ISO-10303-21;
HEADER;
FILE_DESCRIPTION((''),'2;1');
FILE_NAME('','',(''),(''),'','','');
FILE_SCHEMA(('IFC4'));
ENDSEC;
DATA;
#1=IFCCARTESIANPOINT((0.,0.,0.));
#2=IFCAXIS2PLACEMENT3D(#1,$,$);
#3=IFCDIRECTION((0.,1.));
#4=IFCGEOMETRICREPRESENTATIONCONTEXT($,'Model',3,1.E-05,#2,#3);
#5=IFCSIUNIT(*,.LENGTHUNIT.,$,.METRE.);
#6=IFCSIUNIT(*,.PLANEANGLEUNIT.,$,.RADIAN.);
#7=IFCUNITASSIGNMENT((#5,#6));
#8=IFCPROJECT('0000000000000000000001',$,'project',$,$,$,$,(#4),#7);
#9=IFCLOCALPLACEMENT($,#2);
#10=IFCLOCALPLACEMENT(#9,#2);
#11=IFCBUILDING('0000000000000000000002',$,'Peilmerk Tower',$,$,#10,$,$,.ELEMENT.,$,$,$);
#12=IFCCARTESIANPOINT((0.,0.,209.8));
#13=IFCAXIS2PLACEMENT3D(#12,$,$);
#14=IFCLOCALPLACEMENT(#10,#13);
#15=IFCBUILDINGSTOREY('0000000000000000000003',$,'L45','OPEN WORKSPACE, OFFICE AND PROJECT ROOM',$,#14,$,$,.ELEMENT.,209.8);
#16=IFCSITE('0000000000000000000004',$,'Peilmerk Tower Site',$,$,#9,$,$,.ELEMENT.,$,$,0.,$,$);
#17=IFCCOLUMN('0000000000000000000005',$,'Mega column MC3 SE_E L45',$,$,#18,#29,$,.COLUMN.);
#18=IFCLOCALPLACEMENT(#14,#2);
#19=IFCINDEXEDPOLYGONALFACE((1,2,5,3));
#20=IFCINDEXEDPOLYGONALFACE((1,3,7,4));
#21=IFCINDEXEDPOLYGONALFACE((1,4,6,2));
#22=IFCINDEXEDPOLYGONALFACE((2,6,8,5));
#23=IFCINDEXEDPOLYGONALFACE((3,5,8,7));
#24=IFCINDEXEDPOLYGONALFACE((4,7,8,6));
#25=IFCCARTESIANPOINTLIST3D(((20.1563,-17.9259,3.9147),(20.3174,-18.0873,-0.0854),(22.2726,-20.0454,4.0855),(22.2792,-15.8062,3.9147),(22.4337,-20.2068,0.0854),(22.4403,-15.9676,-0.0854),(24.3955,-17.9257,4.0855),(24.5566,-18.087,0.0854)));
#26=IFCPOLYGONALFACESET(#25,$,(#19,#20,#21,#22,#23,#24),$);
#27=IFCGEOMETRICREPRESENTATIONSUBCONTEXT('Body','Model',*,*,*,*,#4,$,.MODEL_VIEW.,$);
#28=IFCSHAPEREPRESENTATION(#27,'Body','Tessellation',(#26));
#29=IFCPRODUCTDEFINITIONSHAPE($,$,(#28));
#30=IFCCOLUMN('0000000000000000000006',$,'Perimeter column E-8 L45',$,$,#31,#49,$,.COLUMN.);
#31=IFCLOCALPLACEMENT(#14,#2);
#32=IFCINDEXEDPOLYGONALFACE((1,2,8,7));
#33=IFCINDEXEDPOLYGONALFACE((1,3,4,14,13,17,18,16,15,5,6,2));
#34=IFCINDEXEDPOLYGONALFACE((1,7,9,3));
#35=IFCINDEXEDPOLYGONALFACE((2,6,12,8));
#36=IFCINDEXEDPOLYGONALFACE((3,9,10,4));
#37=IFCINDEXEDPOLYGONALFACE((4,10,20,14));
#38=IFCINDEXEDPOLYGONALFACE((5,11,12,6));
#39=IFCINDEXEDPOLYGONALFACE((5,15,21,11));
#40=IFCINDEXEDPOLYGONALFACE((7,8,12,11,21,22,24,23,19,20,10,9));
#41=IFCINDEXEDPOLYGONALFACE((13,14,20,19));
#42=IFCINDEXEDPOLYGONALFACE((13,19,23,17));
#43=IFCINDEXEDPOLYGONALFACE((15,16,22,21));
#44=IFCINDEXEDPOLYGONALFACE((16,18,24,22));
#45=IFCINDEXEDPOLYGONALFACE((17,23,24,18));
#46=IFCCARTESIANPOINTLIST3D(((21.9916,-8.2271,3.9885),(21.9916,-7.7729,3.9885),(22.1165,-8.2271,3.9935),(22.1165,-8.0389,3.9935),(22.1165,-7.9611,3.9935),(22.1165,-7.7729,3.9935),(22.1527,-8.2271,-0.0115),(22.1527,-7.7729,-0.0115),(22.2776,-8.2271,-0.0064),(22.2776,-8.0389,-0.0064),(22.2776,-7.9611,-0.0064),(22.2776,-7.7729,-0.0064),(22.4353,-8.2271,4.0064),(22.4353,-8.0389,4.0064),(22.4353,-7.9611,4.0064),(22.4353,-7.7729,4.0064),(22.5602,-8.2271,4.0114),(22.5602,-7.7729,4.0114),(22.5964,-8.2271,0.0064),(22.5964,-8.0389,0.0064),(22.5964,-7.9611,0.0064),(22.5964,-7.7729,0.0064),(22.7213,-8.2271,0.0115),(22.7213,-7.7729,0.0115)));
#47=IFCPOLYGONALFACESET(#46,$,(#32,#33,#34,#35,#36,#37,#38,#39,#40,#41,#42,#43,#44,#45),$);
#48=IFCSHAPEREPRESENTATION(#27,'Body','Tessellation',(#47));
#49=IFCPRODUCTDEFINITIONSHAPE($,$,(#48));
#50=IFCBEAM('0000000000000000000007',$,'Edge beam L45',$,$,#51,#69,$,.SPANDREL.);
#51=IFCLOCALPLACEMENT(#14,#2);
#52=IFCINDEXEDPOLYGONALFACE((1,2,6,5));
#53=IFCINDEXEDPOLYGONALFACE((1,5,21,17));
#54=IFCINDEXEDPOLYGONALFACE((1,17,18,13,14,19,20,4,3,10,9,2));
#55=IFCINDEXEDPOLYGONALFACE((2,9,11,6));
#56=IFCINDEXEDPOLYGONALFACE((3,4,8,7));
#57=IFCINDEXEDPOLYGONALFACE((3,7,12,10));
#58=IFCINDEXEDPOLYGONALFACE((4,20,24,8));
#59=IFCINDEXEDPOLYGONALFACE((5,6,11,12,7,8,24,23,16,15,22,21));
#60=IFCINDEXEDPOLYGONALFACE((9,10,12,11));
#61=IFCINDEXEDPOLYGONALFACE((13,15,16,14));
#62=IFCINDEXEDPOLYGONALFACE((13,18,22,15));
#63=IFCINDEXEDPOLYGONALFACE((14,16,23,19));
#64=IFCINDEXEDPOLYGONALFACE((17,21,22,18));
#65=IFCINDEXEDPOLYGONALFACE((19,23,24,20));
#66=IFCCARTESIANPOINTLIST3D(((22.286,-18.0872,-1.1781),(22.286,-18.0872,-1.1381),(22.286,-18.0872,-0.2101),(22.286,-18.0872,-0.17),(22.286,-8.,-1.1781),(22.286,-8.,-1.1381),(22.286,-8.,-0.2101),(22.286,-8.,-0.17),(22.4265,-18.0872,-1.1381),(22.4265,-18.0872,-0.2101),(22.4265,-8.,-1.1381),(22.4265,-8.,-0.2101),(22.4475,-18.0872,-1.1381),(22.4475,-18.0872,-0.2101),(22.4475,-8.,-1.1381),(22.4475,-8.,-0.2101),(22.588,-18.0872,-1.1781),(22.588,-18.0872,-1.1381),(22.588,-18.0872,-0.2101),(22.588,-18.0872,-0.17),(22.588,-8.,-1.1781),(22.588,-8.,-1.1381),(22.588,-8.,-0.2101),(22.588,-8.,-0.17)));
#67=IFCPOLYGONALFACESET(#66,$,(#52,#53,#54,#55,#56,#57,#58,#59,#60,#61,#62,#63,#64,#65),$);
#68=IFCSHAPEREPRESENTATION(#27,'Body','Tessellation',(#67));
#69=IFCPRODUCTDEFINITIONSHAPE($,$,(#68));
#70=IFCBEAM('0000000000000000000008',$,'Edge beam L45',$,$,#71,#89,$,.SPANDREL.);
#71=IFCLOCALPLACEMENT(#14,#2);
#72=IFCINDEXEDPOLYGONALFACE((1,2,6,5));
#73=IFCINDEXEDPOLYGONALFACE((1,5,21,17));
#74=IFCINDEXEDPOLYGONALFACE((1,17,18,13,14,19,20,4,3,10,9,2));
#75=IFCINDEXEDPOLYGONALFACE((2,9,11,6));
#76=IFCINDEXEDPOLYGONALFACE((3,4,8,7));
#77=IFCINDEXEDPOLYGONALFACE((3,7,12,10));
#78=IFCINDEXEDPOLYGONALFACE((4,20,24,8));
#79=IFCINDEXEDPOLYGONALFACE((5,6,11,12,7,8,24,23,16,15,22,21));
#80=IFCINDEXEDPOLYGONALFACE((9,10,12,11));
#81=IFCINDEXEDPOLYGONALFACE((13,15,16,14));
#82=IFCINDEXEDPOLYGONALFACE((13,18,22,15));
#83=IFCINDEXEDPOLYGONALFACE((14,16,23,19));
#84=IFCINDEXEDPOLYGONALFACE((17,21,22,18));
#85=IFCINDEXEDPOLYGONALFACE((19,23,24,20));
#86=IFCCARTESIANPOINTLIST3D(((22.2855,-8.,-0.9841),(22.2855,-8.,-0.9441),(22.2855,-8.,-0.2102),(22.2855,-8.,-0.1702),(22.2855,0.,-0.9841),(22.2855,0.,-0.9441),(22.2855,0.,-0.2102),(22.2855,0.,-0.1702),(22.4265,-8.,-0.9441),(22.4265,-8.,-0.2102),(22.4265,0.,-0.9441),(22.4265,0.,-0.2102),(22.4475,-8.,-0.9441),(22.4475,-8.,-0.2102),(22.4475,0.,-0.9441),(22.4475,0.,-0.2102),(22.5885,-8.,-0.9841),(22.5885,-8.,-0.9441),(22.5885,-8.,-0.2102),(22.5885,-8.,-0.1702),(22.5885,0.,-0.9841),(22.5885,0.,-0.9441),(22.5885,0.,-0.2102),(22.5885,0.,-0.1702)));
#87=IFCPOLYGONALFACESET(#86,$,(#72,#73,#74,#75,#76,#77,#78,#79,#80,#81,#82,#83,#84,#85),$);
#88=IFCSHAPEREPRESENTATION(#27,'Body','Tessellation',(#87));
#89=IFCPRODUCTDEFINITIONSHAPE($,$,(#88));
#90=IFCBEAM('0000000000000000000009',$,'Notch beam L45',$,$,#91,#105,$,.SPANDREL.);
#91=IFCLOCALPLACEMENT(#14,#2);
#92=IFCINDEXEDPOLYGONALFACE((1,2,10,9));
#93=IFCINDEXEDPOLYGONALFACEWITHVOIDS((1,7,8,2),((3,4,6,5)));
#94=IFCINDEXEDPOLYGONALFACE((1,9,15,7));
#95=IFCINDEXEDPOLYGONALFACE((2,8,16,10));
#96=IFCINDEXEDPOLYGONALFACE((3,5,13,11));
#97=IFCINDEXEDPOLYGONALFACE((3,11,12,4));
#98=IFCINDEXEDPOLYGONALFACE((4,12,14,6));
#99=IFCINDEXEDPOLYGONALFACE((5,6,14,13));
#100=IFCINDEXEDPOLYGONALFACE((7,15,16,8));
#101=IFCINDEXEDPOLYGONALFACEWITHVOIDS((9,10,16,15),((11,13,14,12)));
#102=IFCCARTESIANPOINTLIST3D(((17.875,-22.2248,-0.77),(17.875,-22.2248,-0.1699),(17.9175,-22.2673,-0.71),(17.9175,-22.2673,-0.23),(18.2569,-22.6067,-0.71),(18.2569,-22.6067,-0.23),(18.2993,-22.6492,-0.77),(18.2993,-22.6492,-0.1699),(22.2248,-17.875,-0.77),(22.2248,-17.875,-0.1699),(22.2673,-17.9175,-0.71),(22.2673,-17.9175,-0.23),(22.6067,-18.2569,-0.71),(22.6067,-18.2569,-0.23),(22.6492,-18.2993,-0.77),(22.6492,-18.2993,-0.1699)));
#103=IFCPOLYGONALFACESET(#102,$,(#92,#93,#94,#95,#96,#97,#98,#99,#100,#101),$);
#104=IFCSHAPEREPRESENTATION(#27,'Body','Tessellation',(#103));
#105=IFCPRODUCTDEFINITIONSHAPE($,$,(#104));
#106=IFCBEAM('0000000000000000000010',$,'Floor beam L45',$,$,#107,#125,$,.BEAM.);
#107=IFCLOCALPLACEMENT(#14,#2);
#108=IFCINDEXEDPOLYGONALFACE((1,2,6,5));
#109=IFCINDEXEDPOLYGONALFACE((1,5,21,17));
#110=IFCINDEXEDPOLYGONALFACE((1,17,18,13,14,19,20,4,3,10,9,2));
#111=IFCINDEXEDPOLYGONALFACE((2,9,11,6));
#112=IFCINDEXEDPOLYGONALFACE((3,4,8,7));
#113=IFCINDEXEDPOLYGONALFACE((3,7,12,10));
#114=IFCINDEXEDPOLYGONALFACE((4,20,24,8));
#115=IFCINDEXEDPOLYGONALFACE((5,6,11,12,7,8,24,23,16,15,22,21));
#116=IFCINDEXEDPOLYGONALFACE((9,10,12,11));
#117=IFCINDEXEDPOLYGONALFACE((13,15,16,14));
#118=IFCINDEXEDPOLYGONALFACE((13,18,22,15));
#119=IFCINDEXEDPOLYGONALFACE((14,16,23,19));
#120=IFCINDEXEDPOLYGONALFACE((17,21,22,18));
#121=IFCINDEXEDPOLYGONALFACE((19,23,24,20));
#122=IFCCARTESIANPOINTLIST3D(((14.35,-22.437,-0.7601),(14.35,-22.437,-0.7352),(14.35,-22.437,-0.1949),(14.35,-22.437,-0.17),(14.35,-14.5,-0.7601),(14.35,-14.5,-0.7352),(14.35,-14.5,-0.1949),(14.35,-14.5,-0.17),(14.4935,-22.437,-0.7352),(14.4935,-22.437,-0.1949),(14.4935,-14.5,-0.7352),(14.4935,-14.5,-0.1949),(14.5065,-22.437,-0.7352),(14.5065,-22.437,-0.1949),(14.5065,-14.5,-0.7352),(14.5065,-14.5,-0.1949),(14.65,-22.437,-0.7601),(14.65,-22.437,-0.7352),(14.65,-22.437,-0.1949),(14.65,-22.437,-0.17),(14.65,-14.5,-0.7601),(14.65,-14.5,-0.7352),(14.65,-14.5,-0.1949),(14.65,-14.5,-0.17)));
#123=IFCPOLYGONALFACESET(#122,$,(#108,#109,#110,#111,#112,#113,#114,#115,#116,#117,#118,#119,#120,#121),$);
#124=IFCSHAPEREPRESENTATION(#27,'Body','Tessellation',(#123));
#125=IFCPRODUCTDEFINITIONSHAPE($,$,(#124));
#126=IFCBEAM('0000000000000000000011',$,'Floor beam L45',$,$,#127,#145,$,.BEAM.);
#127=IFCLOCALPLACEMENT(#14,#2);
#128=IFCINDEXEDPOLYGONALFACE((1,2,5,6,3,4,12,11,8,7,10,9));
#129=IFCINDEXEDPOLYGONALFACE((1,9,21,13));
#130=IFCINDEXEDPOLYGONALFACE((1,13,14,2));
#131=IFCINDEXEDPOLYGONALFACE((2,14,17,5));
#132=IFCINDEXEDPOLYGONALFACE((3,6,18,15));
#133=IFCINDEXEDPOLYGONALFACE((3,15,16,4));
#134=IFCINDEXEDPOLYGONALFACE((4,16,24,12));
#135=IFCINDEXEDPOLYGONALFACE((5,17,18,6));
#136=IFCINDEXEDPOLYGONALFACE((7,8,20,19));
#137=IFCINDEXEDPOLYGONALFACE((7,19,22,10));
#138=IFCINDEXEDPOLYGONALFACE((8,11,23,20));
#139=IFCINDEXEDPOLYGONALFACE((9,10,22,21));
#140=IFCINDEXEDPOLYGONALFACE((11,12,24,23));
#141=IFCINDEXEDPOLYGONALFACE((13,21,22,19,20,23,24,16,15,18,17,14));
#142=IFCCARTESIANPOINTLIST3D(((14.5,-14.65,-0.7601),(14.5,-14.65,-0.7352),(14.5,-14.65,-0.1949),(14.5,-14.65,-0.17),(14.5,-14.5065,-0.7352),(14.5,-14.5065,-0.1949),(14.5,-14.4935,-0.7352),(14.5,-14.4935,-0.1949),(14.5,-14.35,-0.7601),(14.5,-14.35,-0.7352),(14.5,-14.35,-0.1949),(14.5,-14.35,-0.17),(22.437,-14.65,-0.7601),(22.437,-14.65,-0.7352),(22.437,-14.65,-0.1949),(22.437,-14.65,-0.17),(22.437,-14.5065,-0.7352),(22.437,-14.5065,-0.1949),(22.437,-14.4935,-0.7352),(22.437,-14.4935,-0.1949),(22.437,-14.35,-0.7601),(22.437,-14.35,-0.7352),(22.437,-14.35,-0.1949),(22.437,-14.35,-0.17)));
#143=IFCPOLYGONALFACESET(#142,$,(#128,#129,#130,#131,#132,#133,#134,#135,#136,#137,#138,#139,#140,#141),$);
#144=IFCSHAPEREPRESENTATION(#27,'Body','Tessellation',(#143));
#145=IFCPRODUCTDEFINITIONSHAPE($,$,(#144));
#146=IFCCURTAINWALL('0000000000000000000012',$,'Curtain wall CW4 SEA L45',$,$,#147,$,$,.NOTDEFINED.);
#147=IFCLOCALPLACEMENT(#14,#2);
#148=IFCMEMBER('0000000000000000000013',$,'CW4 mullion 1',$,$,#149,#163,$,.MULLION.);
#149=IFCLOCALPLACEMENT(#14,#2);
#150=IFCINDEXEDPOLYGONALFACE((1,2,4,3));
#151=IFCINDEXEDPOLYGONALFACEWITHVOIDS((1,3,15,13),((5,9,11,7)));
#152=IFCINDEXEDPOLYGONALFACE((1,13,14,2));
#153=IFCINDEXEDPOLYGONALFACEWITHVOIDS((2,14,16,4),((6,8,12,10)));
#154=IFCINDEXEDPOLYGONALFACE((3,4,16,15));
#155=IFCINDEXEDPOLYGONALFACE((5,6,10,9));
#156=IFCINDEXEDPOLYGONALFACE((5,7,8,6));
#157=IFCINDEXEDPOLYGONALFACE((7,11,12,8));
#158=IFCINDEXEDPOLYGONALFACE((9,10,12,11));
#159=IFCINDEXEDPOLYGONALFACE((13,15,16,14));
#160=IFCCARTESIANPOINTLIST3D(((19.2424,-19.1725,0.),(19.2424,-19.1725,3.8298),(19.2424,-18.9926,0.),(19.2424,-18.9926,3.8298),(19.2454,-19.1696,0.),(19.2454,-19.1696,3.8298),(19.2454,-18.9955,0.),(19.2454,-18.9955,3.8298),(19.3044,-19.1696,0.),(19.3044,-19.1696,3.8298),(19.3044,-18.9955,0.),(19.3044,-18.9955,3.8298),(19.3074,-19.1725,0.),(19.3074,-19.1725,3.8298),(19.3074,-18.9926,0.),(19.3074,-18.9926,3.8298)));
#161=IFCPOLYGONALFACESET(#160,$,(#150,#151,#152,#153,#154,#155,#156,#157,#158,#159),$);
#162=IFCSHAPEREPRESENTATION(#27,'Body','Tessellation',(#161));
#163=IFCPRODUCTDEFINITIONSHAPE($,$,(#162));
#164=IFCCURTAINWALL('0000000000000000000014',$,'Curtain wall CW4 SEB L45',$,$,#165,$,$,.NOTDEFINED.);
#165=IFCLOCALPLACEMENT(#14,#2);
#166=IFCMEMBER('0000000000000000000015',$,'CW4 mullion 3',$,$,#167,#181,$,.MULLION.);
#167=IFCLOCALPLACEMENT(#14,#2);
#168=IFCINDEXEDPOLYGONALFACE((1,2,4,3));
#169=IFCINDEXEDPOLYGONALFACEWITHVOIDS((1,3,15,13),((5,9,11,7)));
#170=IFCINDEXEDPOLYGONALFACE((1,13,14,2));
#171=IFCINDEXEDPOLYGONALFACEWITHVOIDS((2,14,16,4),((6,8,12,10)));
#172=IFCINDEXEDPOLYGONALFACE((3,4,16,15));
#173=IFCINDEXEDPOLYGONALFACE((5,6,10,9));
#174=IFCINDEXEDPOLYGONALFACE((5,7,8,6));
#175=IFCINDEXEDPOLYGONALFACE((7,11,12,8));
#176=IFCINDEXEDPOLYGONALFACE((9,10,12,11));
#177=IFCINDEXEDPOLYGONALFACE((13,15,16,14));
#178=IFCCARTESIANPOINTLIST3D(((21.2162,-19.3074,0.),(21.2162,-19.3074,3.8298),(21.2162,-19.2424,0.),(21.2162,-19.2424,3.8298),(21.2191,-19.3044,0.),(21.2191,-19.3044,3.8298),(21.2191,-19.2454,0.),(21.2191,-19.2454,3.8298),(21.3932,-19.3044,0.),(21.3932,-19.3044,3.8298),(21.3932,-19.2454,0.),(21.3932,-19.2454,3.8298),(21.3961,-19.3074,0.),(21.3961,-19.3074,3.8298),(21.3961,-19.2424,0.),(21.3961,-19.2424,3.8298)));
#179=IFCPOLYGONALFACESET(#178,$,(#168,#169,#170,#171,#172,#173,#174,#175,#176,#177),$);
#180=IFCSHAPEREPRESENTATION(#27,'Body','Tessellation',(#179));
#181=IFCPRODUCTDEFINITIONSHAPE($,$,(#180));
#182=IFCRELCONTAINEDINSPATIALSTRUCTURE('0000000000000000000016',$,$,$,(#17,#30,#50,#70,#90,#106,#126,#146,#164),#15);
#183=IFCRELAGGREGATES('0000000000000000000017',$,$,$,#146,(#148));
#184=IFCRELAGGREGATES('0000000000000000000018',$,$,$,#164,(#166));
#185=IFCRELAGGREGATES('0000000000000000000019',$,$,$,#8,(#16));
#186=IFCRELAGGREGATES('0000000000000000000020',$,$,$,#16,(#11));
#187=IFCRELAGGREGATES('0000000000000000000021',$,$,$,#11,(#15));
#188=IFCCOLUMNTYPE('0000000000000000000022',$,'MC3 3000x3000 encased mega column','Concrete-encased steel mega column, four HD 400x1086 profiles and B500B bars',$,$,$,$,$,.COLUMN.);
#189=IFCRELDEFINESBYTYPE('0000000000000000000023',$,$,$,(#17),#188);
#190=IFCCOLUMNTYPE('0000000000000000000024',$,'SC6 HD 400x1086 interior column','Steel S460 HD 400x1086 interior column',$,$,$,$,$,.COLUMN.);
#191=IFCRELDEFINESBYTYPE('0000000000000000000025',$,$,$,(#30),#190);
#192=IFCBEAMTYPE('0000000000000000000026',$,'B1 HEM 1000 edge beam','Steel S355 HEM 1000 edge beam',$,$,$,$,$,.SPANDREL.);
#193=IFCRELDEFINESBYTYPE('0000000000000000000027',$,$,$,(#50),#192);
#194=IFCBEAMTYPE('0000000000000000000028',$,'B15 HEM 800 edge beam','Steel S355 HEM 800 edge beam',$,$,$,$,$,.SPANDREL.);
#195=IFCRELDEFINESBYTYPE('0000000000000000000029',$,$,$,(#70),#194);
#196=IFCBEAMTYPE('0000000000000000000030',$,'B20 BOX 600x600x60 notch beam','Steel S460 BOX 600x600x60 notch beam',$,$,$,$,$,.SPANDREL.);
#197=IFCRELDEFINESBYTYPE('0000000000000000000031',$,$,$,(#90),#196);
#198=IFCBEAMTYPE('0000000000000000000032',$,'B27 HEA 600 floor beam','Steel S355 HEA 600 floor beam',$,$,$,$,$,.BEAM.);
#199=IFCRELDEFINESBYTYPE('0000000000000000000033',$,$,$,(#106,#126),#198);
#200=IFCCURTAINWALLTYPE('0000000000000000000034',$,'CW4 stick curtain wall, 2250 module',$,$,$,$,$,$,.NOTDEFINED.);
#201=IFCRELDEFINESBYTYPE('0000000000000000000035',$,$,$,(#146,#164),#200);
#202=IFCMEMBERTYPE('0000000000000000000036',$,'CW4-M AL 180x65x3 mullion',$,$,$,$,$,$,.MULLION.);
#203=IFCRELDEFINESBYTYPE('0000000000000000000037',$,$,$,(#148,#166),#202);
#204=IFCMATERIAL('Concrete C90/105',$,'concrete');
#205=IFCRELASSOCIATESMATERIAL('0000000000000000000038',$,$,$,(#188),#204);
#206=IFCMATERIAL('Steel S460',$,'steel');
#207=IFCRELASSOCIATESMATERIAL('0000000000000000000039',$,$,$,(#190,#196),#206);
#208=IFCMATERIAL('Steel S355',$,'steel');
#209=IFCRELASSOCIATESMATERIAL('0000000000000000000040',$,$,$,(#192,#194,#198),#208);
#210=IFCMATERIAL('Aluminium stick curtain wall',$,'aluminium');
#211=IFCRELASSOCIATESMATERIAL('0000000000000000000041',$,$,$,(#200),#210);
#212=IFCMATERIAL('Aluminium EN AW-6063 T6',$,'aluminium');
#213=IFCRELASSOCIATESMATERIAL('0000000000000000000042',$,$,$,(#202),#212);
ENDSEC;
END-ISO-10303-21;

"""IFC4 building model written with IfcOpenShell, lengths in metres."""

from ifc_helpers import new_model, si_unit, direction, frame, origin, origin_2d, place, context, subcontext, project, spatial, rectangle, hollow_rectangle, i_section, extrude, material, material_profile, profile_set, type_object, element, aggregate, save


model = new_model("IFC4")

# Units and contexts
model_context = context("Model", 3, precision=1e-05, world=origin(), true_north=direction((0.0, 1.0)))
body_context = subcontext(model_context, "Body", "Model", "MODEL_VIEW")
ifc_project = project(units=[si_unit("LENGTHUNIT", "METRE"), si_unit("PLANEANGLEUNIT", "RADIAN")], contexts=[model_context])

# Site, building, storey
site_placement = place(None, origin())
site = spatial("IfcSite", under=ifc_project, at=site_placement, Name="Peilmerk Tower Site", CompositionType="ELEMENT", RefElevation=0.0)
building_placement = place(site_placement, origin())
building = spatial("IfcBuilding", under=site, at=building_placement, Name="Peilmerk Tower", CompositionType="ELEMENT")
storey_placement = place(building_placement, frame((0.0, 0.0, 209.8)))
storey = spatial("IfcBuildingStorey", under=building, at=storey_placement, Name="L45", Description="OPEN WORKSPACE, OFFICE AND PROJECT ROOM", CompositionType="ELEMENT", Elevation=209.8)

# Columns
ifc_material_1 = material(Name="Concrete C90/105", Category="concrete")
ifc_material_profile_1 = material_profile(ifc_material_1, rectangle(XDim=3.0, YDim=3.0, at=origin_2d()), Name="RC 3000x3000")
ifc_profile_set_1 = profile_set([ifc_material_profile_1], Name="Concrete C90/105")
column_type_1 = type_object("IfcColumnType", Name="MC3 3000x3000 encased mega column", Description="Concrete-encased steel mega column, four HD 400x1086 profiles and B500B bars", PredefinedType="COLUMN", material=ifc_profile_set_1)
column_1_placement = place(storey_placement, frame((22.437, -18.0872, 0.0), z_axis=(-0.040218, 0.040279, 0.998379), x_axis=(-0.707642, -0.706571, 0.0)))
element("IfcColumn", 1, at=column_1_placement, inside=storey, type_object=column_type_1, Name="Mega column MC3 SE_E L45", PredefinedType="COLUMN", context=body_context, shape_type="SweptSolid", body=[
    extrude(rectangle(XDim=3.0, YDim=3.0, at=origin_2d()), origin(), (0.0, 0.0, 1.0), 4.0066),
])
ifc_material_2 = material(Name="Steel S460", Category="steel")
ifc_material_profile_2 = material_profile(ifc_material_2, i_section(OverallWidth=0.4541, OverallDepth=0.5691, WebThickness=0.0779, FlangeThickness=0.125, at=origin_2d()), Name="HD 400x1086")
ifc_profile_set_2 = profile_set([ifc_material_profile_2], Name="Steel S460")
column_type_2 = type_object("IfcColumnType", Name="SC6 HD 400x1086 interior column", Description="Steel S460 HD 400x1086 interior column", PredefinedType="COLUMN", material=ifc_profile_set_2)
column_2_placement = place(storey_placement, frame((22.437, -8.0, 0.0), z_axis=(-0.040251, 0.0, 0.99919), x_axis=(0.0, -1.0, 0.0)))
element("IfcColumn", 2, at=column_2_placement, inside=storey, type_object=column_type_2, Name="Perimeter column E-8 L45", PredefinedType="COLUMN", context=body_context, shape_type="SweptSolid", body=[
    extrude(i_section(OverallWidth=0.4541, OverallDepth=0.5691, WebThickness=0.0779, FlangeThickness=0.125, at=origin_2d()), origin(), (0.0, 0.0, 1.0), 4.0032),
])

# Beams
ifc_material_3 = material(Name="Steel S355", Category="steel")
ifc_material_profile_3 = material_profile(ifc_material_3, i_section(OverallWidth=0.302, OverallDepth=1.0081, WebThickness=0.021, FlangeThickness=0.04, at=origin_2d()), Name="HEM 1000")
ifc_profile_set_3 = profile_set([ifc_material_profile_3], Name="Steel S355")
beam_type_1 = type_object("IfcBeamType", Name="B1 HEM 1000 edge beam", Description="Steel S355 HEM 1000 edge beam", PredefinedType="SPANDREL", material=ifc_profile_set_3)
beam_1_placement = place(storey_placement, frame((22.437, -18.0872, -0.6741), z_axis=(0.0, 1.0, 0.0), x_axis=(-1.0, 0.0, 0.0)))
element("IfcBeam", 3, at=beam_1_placement, inside=storey, type_object=beam_type_1, Name="Edge beam L45", PredefinedType="SPANDREL", context=body_context, shape_type="SweptSolid", body=[
    extrude(i_section(OverallWidth=0.302, OverallDepth=1.0081, WebThickness=0.021, FlangeThickness=0.04, at=origin_2d()), origin(), (0.0, 0.0, 1.0), 10.0872),
])
ifc_material_profile_4 = material_profile(ifc_material_3, i_section(OverallWidth=0.303, OverallDepth=0.814, WebThickness=0.021, FlangeThickness=0.04, at=origin_2d()), Name="HEM 800")
ifc_profile_set_4 = profile_set([ifc_material_profile_4], Name="Steel S355")
beam_type_2 = type_object("IfcBeamType", Name="B15 HEM 800 edge beam", Description="Steel S355 HEM 800 edge beam", PredefinedType="SPANDREL", material=ifc_profile_set_4)
beam_2_placement = place(storey_placement, frame((22.437, -8.0, -0.5771), z_axis=(0.0, 1.0, 0.0), x_axis=(-1.0, 0.0, 0.0)))
element("IfcBeam", 4, at=beam_2_placement, inside=storey, type_object=beam_type_2, Name="Edge beam L45", PredefinedType="SPANDREL", context=body_context, shape_type="SweptSolid", body=[
    extrude(i_section(OverallWidth=0.303, OverallDepth=0.814, WebThickness=0.021, FlangeThickness=0.04, at=origin_2d()), origin(), (0.0, 0.0, 1.0), 8.0),
])
ifc_material_profile_5 = material_profile(ifc_material_2, hollow_rectangle(XDim=0.6001, YDim=0.6001, WallThickness=0.0601, at=origin_2d()), Name="BOX 600x600x60")
ifc_profile_set_5 = profile_set([ifc_material_profile_5], Name="Steel S460")
beam_type_3 = type_object("IfcBeamType", Name="B20 BOX 600x600x60 notch beam", Description="Steel S460 BOX 600x600x60 notch beam", PredefinedType="SPANDREL", material=ifc_profile_set_5)
beam_3_placement = place(storey_placement, frame((22.437, -18.0872, -0.47), z_axis=(-0.707107, -0.707107, 0.0), x_axis=(0.707107, -0.707107, 0.0)))
element("IfcBeam", 5, at=beam_3_placement, inside=storey, type_object=beam_type_3, Name="Notch beam L45", PredefinedType="SPANDREL", context=body_context, shape_type="SweptSolid", body=[
    extrude(hollow_rectangle(XDim=0.6001, YDim=0.6001, WallThickness=0.0601, at=origin_2d()), origin(), (0.0, 0.0, 1.0), 6.1516),
])
ifc_material_profile_6 = material_profile(ifc_material_3, i_section(OverallWidth=0.3, OverallDepth=0.5901, WebThickness=0.0129, FlangeThickness=0.0249, at=origin_2d()), Name="HEA 600")
ifc_profile_set_6 = profile_set([ifc_material_profile_6], Name="Steel S355")
beam_type_4 = type_object("IfcBeamType", Name="B27 HEA 600 floor beam", Description="Steel S355 HEA 600 floor beam", PredefinedType="BEAM", material=ifc_profile_set_6)
for number, where, z_axis, x_axis, name in (
    (6, (14.5, -14.5, -0.4651), (0.0, -1.0, 0.0), (1.0, 0.0, 0.0), "Floor beam L45"),
    (7, (14.5, -14.5, -0.4651), (1.0, 0.0, 0.0), (0.0, 1.0, 0.0), "Floor beam L45"),
):
    element("IfcBeam", number, at=place(storey_placement, frame(where, z_axis=z_axis, x_axis=x_axis)), inside=storey, type_object=beam_type_4, Name=name, PredefinedType="BEAM", context=body_context, shape_type="SweptSolid", body=[
        extrude(i_section(OverallWidth=0.3, OverallDepth=0.5901, WebThickness=0.0129, FlangeThickness=0.0249, at=origin_2d()), origin(), (0.0, 0.0, 1.0), 7.937),
    ])

# Curtain walls, members
ifc_material_4 = material(Name="Aluminium stick curtain wall", Category="aluminium")
curtain_wall_type = type_object("IfcCurtainWallType", Name="CW4 stick curtain wall, 2250 module", PredefinedType="NOTDEFINED", material=ifc_material_4)
curtain_wall_1_placement = place(storey_placement, origin())
curtain_wall_1 = element("IfcCurtainWall", 8, at=curtain_wall_1_placement, inside=storey, type_object=curtain_wall_type, Name="Curtain wall CW4 SEA L45", PredefinedType="NOTDEFINED")
ifc_material_5 = material(Name="Aluminium EN AW-6063 T6", Category="aluminium")
ifc_material_profile_7 = material_profile(ifc_material_5, hollow_rectangle(XDim=0.0649, YDim=0.1799, WallThickness=0.0029, at=origin_2d()), Name="AL 180x65x3")
ifc_profile_set_7 = profile_set([ifc_material_profile_7], Name="Aluminium EN AW-6063 T6")
member_type_1 = type_object("IfcMemberType", Name="CW4-M AL 180x65x3 mullion", PredefinedType="MULLION", material=ifc_profile_set_7)
member_1_placement = place(storey_placement, frame((19.2749, -19.0825, 0.0), z_axis=(0.0, 0.0, 1.0), x_axis=(1.0, 0.0, 0.0)))
member_1 = element("IfcMember", 9, at=member_1_placement, type_object=member_type_1, Name="CW4 mullion 1", PredefinedType="MULLION", context=body_context, shape_type="SweptSolid", body=[
    extrude(hollow_rectangle(XDim=0.0649, YDim=0.1799, WallThickness=0.0029, at=origin_2d()), origin(), (0.0, 0.0, 1.0), 3.8298),
])
curtain_wall_2_placement = place(storey_placement, origin())
curtain_wall_2 = element("IfcCurtainWall", 10, at=curtain_wall_2_placement, inside=storey, type_object=curtain_wall_type, Name="Curtain wall CW4 SEB L45", PredefinedType="NOTDEFINED")
member_2_placement = place(storey_placement, frame((21.3062, -19.2749, 0.0), z_axis=(0.0, 0.0, 1.0), x_axis=(0.0, 1.0, 0.0)))
member_2 = element("IfcMember", 11, at=member_2_placement, type_object=member_type_1, Name="CW4 mullion 3", PredefinedType="MULLION", context=body_context, shape_type="SweptSolid", body=[
    extrude(hollow_rectangle(XDim=0.0649, YDim=0.1799, WallThickness=0.0029, at=origin_2d()), origin(), (0.0, 0.0, 1.0), 3.8298),
])

aggregate(curtain_wall_1, [member_1])

aggregate(curtain_wall_2, [member_2])

save(model, "model.ifc")
